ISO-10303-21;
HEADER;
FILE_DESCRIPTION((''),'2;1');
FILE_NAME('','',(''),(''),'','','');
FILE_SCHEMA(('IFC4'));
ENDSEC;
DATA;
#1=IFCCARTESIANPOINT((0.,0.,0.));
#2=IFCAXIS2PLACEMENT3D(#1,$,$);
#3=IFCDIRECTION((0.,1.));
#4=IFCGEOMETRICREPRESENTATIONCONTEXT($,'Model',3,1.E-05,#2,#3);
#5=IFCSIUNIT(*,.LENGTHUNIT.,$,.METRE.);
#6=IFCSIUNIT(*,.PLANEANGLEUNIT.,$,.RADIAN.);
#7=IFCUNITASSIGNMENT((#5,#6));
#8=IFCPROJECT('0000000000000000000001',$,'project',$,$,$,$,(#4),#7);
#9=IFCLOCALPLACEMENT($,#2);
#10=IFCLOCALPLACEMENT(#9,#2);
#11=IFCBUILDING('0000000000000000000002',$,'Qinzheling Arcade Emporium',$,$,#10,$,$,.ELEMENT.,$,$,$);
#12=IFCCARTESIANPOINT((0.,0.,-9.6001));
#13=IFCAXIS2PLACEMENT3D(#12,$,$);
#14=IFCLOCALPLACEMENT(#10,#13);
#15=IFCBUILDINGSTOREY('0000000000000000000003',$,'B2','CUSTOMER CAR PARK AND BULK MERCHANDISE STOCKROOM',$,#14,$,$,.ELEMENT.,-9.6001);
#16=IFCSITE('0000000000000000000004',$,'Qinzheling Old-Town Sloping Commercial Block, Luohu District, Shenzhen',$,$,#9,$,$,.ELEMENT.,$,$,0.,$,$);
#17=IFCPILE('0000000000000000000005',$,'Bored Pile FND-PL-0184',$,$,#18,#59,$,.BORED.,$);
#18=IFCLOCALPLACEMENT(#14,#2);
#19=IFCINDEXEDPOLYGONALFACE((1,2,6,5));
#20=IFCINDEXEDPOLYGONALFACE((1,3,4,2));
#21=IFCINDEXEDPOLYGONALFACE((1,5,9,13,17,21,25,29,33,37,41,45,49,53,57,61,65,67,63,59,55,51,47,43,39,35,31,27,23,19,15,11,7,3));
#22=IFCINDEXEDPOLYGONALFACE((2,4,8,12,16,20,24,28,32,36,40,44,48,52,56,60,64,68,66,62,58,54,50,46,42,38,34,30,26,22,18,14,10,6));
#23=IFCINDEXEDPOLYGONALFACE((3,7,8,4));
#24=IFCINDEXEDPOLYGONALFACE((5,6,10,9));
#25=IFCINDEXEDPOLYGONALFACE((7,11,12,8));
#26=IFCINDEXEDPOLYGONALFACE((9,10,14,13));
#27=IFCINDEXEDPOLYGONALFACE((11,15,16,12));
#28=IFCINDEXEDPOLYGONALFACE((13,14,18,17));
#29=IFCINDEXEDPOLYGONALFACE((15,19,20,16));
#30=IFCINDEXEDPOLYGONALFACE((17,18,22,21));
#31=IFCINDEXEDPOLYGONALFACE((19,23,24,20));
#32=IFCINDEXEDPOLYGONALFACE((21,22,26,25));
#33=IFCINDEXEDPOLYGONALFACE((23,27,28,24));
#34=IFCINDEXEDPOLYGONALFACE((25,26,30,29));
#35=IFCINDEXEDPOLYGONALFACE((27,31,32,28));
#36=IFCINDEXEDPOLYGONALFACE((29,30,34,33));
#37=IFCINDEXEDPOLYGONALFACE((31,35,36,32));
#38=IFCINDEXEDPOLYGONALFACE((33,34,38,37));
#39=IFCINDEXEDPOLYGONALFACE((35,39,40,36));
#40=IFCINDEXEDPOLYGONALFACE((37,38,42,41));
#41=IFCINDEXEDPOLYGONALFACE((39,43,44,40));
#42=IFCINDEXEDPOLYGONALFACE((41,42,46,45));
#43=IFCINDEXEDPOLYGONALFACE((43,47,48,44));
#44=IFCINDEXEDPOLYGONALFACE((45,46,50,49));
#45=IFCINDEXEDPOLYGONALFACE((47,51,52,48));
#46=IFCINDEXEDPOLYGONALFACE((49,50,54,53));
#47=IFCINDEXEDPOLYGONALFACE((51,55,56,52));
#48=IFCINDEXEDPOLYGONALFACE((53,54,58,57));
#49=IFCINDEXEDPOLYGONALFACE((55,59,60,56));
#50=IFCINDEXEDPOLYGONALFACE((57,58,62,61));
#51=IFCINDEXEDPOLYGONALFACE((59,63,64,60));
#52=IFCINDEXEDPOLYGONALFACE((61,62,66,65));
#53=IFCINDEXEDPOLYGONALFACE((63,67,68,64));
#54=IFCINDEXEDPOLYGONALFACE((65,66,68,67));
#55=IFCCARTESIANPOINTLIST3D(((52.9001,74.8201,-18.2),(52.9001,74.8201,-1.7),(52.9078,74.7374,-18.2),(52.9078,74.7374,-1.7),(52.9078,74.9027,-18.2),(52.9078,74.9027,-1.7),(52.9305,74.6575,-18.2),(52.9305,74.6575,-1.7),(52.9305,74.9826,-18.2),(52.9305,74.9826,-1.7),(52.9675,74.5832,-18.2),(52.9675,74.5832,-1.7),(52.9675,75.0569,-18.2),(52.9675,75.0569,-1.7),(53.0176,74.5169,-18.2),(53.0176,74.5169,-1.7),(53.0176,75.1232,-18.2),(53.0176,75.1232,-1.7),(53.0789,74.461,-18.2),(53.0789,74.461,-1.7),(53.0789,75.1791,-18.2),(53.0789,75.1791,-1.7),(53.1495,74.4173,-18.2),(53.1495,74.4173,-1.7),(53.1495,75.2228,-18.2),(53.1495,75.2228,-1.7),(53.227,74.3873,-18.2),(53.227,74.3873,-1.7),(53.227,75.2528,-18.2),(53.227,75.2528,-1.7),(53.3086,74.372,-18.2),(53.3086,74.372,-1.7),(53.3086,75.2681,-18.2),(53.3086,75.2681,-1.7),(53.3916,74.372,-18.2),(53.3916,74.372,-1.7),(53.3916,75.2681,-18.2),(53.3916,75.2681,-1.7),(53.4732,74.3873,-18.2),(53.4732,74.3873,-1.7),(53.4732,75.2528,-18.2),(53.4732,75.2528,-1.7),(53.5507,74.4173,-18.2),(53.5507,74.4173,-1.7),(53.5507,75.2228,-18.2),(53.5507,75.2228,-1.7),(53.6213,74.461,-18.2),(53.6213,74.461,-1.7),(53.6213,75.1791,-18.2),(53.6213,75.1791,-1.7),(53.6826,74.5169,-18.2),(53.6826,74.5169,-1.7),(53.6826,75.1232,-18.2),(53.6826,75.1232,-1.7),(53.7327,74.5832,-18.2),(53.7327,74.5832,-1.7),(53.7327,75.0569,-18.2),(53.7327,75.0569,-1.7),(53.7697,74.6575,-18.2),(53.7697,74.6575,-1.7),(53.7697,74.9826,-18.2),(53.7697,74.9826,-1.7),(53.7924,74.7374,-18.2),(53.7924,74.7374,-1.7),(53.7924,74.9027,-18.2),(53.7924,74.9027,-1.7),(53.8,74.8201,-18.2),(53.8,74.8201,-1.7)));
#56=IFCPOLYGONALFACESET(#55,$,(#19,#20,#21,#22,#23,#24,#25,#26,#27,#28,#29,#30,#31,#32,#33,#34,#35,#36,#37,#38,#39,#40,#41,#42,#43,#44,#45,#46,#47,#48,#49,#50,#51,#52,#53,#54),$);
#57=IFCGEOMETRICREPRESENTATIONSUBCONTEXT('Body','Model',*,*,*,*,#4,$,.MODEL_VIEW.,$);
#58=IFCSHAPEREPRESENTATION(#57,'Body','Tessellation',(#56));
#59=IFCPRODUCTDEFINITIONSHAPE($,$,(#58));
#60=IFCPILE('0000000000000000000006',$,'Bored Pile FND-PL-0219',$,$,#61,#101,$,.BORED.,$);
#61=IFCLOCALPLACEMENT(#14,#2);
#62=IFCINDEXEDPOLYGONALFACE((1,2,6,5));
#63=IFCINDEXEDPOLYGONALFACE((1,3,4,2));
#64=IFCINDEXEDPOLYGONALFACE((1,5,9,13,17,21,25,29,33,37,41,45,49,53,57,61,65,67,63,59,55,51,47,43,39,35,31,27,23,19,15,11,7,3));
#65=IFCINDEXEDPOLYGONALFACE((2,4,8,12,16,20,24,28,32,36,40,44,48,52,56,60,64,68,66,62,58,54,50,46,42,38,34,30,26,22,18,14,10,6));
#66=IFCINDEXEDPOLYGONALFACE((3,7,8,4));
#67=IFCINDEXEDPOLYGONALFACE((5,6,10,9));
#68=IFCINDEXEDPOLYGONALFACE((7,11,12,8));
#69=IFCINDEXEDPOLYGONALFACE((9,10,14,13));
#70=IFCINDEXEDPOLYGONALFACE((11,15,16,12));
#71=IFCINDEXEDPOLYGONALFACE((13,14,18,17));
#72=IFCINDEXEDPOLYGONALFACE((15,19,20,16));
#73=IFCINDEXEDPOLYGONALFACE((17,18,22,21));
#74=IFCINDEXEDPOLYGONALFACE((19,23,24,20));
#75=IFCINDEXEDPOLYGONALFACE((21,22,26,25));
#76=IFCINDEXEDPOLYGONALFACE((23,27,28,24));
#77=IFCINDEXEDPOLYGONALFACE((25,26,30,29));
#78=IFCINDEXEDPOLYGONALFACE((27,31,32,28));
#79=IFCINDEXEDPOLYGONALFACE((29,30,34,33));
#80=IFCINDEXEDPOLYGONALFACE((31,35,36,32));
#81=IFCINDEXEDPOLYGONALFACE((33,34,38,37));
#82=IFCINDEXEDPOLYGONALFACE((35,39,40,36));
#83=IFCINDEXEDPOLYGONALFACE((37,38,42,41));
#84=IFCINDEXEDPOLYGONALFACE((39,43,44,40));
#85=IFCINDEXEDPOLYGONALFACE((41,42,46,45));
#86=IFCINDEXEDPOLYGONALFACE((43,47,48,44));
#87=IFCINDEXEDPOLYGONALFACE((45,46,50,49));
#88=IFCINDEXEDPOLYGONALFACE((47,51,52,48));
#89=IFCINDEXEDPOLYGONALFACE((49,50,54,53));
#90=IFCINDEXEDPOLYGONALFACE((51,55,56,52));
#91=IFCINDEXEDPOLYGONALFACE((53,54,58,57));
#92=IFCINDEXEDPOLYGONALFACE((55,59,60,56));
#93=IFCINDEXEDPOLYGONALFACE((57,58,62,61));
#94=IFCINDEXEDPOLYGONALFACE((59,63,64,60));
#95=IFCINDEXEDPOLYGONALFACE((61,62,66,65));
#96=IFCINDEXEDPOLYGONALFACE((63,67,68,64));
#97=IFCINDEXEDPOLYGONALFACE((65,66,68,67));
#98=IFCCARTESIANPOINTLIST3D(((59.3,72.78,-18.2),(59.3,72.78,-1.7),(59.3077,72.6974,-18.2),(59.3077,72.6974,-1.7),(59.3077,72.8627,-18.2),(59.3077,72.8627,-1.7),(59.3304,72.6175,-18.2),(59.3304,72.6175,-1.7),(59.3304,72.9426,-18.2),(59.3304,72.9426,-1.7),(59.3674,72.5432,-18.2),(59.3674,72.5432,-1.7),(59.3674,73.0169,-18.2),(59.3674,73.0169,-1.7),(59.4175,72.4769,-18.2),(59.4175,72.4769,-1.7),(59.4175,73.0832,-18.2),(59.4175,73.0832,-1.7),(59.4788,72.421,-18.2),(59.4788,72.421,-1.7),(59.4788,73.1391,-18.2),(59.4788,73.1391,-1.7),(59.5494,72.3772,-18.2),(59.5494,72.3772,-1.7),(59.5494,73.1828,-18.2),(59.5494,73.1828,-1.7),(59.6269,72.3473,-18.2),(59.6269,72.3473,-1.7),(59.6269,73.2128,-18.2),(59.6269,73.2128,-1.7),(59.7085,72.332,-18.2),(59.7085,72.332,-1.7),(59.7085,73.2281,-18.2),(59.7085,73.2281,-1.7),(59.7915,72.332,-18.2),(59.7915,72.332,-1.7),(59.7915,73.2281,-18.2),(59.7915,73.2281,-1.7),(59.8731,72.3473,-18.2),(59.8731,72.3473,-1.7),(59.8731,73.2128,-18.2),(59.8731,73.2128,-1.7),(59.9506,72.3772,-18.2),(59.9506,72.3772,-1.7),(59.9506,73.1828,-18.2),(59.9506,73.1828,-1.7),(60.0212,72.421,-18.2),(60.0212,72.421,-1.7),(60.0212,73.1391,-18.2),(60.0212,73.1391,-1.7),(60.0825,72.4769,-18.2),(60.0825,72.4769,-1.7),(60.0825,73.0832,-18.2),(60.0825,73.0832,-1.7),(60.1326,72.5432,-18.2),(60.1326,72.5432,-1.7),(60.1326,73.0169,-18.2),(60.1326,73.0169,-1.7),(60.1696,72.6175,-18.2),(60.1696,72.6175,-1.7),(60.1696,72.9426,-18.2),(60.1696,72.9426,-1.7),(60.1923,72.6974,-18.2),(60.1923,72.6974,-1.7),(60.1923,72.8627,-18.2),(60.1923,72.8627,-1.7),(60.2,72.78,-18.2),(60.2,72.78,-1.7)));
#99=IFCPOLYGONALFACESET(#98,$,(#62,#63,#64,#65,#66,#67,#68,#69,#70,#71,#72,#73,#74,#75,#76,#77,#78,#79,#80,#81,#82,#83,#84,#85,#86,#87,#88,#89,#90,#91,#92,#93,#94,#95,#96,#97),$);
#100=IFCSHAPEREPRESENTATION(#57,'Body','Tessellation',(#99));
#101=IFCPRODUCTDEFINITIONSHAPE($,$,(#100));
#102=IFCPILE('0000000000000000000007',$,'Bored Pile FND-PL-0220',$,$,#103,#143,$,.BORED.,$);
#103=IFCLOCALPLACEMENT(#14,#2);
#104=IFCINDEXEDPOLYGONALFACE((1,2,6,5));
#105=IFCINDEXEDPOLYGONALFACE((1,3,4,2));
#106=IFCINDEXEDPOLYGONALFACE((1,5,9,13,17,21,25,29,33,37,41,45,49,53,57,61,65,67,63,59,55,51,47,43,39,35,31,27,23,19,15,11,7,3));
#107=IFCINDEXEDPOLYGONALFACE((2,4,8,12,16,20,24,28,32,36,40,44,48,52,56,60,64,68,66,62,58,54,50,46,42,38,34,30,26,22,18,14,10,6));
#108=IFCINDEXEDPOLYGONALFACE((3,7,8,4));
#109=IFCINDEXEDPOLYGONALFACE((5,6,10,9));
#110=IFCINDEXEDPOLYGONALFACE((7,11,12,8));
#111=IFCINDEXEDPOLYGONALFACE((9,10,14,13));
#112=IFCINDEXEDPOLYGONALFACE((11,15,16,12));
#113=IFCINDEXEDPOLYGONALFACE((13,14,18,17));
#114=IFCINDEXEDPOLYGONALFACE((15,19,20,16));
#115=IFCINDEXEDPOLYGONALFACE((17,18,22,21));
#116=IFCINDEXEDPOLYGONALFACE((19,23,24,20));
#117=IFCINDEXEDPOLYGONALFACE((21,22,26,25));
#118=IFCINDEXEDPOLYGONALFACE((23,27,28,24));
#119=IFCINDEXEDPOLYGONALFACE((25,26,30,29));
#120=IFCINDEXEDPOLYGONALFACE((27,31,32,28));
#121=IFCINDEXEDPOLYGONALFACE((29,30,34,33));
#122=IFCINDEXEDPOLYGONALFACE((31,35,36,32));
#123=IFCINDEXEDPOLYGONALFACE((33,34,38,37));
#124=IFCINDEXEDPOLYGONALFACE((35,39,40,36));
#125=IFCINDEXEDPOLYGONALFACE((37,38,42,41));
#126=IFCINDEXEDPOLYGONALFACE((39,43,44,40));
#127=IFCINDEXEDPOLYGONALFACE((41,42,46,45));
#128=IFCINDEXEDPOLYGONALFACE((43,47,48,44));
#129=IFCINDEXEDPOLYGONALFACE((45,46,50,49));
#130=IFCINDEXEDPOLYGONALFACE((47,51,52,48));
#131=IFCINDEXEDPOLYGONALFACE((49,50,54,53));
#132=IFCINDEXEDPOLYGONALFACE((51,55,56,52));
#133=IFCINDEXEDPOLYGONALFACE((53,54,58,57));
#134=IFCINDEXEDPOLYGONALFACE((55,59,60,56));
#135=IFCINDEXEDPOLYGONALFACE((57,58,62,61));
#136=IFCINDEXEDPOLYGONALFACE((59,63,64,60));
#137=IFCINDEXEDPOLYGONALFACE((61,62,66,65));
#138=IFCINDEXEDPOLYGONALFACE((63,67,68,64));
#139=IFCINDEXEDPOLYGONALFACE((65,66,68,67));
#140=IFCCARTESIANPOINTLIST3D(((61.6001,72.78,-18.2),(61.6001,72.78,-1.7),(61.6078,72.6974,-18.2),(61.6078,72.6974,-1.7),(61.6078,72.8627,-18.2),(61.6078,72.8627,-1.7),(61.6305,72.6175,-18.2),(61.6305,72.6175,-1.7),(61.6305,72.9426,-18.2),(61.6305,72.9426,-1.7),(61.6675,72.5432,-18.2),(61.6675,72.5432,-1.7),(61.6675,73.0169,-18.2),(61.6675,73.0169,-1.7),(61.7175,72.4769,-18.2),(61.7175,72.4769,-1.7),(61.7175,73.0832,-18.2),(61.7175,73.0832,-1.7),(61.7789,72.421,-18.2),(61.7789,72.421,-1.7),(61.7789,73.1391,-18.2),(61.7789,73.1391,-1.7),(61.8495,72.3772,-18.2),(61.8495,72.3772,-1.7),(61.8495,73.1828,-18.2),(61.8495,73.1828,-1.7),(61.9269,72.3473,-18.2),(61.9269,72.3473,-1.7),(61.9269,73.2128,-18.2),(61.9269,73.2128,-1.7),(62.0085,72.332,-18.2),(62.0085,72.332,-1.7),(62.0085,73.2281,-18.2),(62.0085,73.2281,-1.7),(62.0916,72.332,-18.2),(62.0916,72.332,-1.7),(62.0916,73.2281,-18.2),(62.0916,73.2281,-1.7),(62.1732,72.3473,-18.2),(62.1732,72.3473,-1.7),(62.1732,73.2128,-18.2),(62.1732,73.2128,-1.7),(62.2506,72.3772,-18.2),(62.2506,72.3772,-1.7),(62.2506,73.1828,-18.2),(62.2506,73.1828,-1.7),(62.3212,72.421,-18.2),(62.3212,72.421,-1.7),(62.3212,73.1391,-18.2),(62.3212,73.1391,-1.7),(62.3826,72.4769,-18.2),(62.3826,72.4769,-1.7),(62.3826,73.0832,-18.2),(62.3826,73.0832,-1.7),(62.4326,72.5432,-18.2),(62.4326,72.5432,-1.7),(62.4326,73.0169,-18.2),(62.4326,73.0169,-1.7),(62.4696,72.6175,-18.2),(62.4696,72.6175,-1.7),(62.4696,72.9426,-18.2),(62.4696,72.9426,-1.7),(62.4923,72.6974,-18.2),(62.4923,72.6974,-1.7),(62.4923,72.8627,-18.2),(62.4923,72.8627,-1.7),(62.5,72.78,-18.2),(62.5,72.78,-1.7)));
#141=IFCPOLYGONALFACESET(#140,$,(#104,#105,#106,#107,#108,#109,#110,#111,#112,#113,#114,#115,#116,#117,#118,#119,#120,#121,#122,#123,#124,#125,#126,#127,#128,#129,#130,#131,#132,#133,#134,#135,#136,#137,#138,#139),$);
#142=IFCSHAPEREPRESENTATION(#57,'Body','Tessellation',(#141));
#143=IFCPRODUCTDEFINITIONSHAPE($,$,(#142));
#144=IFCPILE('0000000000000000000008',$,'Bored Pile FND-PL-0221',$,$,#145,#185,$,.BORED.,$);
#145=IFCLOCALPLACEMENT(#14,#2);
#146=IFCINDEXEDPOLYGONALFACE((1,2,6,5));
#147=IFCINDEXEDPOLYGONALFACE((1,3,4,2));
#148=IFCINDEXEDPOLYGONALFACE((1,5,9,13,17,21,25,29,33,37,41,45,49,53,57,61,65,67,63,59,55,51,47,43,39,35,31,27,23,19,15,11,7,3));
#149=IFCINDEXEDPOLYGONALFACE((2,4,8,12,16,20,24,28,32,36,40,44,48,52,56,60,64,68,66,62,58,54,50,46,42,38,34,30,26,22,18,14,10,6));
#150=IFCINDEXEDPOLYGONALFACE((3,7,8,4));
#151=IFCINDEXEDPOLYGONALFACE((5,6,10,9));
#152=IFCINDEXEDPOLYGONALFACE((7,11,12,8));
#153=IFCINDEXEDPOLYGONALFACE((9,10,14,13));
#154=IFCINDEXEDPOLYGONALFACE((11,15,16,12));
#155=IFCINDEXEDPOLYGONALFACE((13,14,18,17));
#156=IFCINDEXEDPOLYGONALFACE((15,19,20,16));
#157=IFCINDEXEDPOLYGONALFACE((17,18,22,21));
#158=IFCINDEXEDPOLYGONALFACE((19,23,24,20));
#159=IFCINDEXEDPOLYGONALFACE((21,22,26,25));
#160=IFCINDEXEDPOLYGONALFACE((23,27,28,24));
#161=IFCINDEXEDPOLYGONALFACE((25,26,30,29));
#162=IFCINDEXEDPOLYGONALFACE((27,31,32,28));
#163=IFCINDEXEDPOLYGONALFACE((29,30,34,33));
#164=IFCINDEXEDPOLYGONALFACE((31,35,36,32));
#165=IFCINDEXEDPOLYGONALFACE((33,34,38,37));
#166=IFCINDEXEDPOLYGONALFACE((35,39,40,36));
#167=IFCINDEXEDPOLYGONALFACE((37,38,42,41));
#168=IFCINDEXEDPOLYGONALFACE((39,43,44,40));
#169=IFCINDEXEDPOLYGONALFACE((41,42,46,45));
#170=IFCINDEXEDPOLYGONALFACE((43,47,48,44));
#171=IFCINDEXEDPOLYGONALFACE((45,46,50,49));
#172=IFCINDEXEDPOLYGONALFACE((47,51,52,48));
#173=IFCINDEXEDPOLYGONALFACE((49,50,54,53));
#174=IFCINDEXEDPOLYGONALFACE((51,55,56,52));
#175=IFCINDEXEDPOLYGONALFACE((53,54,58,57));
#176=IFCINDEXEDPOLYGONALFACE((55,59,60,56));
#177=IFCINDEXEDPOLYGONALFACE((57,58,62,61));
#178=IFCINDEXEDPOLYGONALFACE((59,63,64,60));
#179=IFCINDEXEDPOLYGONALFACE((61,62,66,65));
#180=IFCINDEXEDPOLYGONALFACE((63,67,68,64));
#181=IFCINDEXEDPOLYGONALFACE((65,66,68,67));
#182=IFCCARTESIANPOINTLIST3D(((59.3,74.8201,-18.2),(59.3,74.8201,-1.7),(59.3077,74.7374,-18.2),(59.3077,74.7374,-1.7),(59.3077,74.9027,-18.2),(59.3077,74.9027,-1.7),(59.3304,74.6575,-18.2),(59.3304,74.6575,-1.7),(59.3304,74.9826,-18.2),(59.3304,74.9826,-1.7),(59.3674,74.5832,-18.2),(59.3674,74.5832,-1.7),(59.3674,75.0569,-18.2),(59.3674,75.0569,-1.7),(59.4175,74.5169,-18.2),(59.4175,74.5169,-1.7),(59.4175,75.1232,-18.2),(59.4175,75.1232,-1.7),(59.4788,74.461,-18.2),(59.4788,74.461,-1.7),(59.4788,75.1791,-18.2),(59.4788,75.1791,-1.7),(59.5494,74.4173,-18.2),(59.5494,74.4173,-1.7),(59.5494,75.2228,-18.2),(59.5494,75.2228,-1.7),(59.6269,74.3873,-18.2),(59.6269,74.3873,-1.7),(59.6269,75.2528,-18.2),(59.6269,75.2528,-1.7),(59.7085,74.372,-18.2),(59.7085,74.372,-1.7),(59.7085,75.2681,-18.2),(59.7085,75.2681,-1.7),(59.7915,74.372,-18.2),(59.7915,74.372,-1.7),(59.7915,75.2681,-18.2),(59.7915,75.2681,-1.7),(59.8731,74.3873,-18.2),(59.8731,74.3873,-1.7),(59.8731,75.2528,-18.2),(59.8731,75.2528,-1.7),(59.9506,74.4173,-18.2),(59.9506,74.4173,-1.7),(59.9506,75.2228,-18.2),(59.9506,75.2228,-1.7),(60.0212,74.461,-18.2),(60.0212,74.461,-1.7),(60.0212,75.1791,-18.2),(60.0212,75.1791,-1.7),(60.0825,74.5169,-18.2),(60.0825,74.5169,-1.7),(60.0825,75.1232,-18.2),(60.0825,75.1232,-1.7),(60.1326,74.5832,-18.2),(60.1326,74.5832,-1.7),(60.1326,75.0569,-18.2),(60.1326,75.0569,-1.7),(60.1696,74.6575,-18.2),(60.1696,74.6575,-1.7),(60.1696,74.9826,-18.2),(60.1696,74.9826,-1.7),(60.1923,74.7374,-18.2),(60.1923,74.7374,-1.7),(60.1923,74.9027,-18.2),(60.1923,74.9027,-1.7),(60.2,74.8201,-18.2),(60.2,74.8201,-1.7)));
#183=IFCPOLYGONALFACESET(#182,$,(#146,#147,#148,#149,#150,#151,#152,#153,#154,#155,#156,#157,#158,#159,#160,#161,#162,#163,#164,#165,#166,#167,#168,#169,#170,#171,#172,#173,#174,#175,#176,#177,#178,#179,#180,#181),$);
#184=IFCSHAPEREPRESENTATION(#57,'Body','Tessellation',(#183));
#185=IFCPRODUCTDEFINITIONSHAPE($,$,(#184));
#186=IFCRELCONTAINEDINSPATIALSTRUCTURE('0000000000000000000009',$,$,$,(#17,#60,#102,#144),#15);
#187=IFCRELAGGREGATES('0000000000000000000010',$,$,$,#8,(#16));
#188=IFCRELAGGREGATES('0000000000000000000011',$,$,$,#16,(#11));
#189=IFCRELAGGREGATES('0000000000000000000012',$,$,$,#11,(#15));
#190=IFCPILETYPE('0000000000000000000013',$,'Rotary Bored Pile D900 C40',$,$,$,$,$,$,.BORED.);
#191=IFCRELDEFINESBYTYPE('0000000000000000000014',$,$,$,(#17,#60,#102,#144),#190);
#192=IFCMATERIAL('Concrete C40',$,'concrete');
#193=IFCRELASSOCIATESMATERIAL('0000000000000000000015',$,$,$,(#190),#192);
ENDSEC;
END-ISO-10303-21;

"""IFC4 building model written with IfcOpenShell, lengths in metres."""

from ifc_helpers import new_model, si_unit, direction, frame, origin, origin_2d, place, context, subcontext, project, spatial, circle, extrude, material, material_profile, profile_set, type_object, element, save


model = new_model("IFC4")

# Units and contexts
model_context = context("Model", 3, precision=1e-05, world=origin(), true_north=direction((0.0, 1.0)))
body_context = subcontext(model_context, "Body", "Model", "MODEL_VIEW")
ifc_project = project(units=[si_unit("LENGTHUNIT", "METRE"), si_unit("PLANEANGLEUNIT", "RADIAN")], contexts=[model_context])

# Site, building, storey
site_placement = place(None, origin())
site = spatial("IfcSite", under=ifc_project, at=site_placement, Name="Qinzheling Old-Town Sloping Commercial Block, Luohu District, Shenzhen", CompositionType="ELEMENT", RefElevation=0.0)
building_placement = place(site_placement, origin())
building = spatial("IfcBuilding", under=site, at=building_placement, Name="Qinzheling Arcade Emporium", CompositionType="ELEMENT")
storey_placement = place(building_placement, frame((0.0, 0.0, -9.6001)))
storey = spatial("IfcBuildingStorey", under=building, at=storey_placement, Name="B2", Description="CUSTOMER CAR PARK AND BULK MERCHANDISE STOCKROOM", CompositionType="ELEMENT", Elevation=-9.6001)

# Shared definitions
ifc_material_1 = material(Name="Concrete C40", Category="concrete")

# Piles
ifc_material_profile_1 = material_profile(ifc_material_1, circle(Radius=0.45, at=origin_2d()), Name="BORED D900", Category="concrete")
ifc_profile_set_1 = profile_set([ifc_material_profile_1], Name="Concrete C40")
pile_type = type_object("IfcPileType", Name="Rotary Bored Pile D900 C40", PredefinedType="BORED", material=ifc_profile_set_1)
for number, where, z_axis, x_axis, name in (
    (1, (53.3501, 74.8201, -1.7), (0.0, 0.0, -1.0), (1.0, 0.0, 0.0), "Bored Pile FND-PL-0184"),
    (2, (59.75, 72.78, -1.7), (0.0, 0.0, -1.0), (1.0, 0.0, 0.0), "Bored Pile FND-PL-0219"),
    (3, (62.05, 72.78, -1.7), (0.0, 0.0, -1.0), (1.0, 0.0, 0.0), "Bored Pile FND-PL-0220"),
    (4, (59.75, 74.8201, -1.7), (0.0, 0.0, -1.0), (1.0, 0.0, 0.0), "Bored Pile FND-PL-0221"),
):
    element("IfcPile", number, at=place(storey_placement, frame(where, z_axis=z_axis, x_axis=x_axis)), inside=storey, type_object=pile_type, Name=name, PredefinedType="BORED", context=body_context, shape_type="SweptSolid", body=[
        extrude(circle(Radius=0.45, at=origin_2d()), origin(), (0.0, 0.0, 1.0), 16.5),
    ])

save(model, "model.ifc")
